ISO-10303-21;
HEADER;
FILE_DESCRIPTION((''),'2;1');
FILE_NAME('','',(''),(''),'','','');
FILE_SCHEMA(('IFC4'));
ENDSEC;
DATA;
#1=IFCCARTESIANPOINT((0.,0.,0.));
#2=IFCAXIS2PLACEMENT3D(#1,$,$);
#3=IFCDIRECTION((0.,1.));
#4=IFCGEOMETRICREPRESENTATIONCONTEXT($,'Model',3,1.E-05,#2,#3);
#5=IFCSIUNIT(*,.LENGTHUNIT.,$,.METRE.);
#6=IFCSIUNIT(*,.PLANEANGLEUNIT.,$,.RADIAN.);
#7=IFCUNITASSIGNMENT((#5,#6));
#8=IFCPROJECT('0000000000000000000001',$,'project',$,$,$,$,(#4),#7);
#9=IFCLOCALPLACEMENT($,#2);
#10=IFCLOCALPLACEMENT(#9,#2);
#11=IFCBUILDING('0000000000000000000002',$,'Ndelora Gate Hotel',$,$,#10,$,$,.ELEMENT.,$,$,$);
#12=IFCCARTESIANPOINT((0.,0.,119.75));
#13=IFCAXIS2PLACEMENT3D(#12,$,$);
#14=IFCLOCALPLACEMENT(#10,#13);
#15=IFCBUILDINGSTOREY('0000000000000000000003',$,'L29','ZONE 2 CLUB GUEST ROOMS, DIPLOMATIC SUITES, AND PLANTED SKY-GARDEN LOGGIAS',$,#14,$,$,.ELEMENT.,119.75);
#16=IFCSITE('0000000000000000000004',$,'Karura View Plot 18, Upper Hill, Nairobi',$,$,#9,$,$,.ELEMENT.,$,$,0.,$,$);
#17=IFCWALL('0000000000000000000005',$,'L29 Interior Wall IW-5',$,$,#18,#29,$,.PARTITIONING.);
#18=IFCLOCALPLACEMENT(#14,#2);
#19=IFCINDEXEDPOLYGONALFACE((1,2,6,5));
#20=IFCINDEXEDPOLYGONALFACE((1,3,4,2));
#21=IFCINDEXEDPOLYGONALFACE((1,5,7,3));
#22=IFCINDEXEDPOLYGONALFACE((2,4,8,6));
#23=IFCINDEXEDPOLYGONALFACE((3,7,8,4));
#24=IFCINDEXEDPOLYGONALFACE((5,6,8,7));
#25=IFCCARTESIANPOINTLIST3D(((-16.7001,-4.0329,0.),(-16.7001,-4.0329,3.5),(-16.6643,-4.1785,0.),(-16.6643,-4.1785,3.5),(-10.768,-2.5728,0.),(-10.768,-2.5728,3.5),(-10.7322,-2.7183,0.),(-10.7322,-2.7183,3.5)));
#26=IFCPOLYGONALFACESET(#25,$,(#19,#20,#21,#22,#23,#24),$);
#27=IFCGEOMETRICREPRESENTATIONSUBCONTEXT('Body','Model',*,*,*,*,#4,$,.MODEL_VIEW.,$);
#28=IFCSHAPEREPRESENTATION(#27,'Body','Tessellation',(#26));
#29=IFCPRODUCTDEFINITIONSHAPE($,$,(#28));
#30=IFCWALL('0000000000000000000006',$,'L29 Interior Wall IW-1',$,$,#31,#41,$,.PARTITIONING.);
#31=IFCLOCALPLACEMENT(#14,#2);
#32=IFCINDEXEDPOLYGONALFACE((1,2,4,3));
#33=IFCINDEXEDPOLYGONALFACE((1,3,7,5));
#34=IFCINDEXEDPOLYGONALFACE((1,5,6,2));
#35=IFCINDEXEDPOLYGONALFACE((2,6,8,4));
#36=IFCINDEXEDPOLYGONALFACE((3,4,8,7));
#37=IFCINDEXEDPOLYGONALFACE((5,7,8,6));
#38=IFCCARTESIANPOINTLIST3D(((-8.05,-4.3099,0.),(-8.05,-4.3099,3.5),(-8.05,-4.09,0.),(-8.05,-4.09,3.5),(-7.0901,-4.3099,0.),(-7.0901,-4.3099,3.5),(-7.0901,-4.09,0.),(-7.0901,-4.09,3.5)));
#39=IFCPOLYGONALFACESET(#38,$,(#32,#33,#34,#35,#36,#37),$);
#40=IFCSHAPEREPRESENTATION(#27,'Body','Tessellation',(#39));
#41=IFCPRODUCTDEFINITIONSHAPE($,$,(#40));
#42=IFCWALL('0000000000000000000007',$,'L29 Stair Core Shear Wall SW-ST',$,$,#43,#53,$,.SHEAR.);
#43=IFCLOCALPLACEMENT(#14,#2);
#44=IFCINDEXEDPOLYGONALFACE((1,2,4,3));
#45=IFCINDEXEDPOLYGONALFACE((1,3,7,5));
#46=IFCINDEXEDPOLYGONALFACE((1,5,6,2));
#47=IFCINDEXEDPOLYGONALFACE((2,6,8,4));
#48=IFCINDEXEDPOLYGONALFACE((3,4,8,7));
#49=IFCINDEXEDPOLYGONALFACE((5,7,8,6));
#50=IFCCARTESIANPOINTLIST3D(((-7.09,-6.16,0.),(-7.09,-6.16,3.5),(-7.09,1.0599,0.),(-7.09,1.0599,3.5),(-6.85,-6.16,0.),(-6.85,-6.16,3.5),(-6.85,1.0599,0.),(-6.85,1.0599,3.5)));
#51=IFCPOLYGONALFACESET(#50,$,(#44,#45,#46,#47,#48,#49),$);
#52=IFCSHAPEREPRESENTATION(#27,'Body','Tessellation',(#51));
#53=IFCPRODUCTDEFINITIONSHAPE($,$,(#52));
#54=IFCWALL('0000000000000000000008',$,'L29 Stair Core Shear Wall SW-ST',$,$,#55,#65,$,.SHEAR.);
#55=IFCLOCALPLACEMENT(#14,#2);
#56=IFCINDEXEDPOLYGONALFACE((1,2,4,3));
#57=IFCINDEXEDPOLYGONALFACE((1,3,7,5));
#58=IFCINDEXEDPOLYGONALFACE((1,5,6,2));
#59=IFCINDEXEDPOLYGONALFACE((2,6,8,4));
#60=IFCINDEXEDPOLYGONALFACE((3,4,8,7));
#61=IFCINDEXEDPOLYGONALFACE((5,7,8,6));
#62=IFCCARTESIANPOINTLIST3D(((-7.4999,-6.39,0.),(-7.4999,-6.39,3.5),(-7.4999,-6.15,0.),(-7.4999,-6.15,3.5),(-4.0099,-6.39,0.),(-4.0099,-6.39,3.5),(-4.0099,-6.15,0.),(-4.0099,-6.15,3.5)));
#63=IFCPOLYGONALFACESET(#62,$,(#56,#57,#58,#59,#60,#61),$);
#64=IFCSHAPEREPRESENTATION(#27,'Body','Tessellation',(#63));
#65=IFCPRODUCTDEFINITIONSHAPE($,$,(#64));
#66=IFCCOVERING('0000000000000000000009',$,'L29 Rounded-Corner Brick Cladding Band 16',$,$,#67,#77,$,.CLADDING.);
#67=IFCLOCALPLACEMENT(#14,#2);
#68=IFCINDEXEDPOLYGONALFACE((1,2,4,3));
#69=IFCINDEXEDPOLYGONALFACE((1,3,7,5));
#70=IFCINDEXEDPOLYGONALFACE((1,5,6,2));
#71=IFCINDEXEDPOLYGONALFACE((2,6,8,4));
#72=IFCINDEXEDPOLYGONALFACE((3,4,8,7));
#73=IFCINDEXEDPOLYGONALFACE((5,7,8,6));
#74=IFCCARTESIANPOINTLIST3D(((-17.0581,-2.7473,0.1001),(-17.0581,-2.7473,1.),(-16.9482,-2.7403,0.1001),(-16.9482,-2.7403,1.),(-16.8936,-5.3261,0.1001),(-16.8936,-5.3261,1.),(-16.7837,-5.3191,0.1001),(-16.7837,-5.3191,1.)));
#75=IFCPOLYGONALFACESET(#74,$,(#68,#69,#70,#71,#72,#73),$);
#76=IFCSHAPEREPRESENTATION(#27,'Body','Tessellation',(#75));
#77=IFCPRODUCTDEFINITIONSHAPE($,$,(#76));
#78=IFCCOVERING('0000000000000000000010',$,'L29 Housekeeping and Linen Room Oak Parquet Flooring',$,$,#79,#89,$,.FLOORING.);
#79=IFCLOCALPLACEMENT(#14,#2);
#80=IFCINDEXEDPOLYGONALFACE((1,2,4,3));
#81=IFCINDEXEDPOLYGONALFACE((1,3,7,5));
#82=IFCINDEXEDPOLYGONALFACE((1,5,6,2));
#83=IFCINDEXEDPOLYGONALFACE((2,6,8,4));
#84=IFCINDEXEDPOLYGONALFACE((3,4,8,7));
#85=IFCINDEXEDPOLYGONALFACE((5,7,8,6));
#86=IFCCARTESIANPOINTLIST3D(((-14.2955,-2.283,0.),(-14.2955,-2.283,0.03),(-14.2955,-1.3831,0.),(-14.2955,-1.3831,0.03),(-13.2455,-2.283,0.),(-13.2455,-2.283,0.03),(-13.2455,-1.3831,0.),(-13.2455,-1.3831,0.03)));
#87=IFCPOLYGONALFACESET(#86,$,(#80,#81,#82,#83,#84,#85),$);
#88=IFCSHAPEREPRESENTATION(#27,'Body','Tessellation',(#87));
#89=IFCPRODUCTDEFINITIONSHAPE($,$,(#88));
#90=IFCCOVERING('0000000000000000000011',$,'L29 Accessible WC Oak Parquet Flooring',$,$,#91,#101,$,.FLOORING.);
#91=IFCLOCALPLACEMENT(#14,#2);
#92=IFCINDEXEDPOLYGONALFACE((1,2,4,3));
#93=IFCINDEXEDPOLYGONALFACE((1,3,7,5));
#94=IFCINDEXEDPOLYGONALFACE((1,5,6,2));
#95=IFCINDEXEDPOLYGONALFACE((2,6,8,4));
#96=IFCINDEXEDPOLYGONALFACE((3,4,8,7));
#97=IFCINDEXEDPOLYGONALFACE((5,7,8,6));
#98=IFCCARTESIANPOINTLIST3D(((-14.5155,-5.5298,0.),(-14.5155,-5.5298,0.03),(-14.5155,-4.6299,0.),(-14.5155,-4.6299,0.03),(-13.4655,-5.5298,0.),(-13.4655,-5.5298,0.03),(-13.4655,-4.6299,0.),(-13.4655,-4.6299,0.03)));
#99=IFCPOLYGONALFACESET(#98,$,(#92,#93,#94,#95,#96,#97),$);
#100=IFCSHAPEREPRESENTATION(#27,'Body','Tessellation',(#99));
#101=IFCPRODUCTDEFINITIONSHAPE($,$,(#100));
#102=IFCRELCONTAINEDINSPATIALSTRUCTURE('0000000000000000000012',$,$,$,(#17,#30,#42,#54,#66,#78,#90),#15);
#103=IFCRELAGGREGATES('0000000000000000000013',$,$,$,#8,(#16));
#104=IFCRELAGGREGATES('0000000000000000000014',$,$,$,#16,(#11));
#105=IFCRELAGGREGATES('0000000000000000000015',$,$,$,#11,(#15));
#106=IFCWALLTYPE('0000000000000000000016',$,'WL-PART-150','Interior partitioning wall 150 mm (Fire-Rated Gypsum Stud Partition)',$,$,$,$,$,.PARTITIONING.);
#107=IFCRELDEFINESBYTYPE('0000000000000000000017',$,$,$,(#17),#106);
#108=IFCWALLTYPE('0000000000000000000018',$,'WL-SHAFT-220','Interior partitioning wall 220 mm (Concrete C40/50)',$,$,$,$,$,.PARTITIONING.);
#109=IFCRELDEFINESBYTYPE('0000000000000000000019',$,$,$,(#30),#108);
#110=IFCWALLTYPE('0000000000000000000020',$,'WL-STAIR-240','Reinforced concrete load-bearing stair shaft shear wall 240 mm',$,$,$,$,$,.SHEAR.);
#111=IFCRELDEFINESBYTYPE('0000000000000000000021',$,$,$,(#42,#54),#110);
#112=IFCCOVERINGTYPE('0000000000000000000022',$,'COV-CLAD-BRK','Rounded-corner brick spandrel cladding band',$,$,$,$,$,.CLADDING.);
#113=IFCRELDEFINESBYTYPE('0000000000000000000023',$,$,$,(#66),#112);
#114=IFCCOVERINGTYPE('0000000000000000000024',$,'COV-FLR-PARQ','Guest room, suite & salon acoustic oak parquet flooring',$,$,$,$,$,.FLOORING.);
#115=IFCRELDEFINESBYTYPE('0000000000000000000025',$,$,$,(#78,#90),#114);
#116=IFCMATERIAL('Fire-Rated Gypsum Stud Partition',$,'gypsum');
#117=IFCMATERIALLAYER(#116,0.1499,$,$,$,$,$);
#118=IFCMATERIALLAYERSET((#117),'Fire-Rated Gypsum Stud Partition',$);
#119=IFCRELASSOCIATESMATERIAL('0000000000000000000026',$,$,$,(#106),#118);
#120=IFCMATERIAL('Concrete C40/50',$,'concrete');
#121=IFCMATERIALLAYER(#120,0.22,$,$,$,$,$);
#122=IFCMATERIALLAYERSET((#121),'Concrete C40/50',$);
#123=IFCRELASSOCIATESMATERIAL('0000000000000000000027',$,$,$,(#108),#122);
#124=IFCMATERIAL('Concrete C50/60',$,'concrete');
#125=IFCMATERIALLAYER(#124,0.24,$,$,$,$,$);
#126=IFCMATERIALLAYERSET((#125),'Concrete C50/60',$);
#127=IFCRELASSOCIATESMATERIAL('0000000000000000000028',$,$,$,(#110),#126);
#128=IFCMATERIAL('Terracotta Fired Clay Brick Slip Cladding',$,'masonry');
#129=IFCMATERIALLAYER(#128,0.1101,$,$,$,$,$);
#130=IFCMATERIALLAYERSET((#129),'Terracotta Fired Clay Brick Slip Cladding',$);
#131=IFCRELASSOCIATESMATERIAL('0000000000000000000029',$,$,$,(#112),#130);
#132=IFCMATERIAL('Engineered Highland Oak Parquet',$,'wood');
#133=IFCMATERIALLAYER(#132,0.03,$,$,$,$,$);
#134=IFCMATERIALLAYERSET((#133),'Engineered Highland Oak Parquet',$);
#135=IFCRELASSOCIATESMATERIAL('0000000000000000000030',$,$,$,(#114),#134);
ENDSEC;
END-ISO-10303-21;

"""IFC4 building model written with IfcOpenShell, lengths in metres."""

from ifc_helpers import new_model, si_unit, direction, frame, frame_2d, origin, origin_2d, place, context, subcontext, project, spatial, rectangle, extrude, material, layer, layer_set, type_object, element, save


model = new_model("IFC4")

# Units and contexts
model_context = context("Model", 3, precision=1e-05, world=origin(), true_north=direction((0.0, 1.0)))
body_context = subcontext(model_context, "Body", "Model", "MODEL_VIEW")
ifc_project = project(units=[si_unit("LENGTHUNIT", "METRE"), si_unit("PLANEANGLEUNIT", "RADIAN")], contexts=[model_context])

# Site, building, storey
site_placement = place(None, origin())
site = spatial("IfcSite", under=ifc_project, at=site_placement, Name="Karura View Plot 18, Upper Hill, Nairobi", CompositionType="ELEMENT", RefElevation=0.0)
building_placement = place(site_placement, origin())
building = spatial("IfcBuilding", under=site, at=building_placement, Name="Ndelora Gate Hotel", CompositionType="ELEMENT")
storey_placement = place(building_placement, frame((0.0, 0.0, 119.75)))
storey = spatial("IfcBuildingStorey", under=building, at=storey_placement, Name="L29", Description="ZONE 2 CLUB GUEST ROOMS, DIPLOMATIC SUITES, AND PLANTED SKY-GARDEN LOGGIAS", CompositionType="ELEMENT", Elevation=119.75)

# Shared definitions
ifc_material_1 = material(Name="Fire-Rated Gypsum Stud Partition", Category="gypsum")
ifc_layer_1 = layer(ifc_material_1, 0.1499)
ifc_layer_set_1 = layer_set([ifc_layer_1], Name="Fire-Rated Gypsum Stud Partition")
wall_type_1 = type_object("IfcWallType", Name="WL-PART-150", Description="Interior partitioning wall 150 mm (Fire-Rated Gypsum Stud Partition)", PredefinedType="PARTITIONING", material=ifc_layer_set_1)

# Walls
wall_1_placement = place(storey_placement, frame((-10.75, -2.6455, 0.0), z_axis=(0.0, 0.0, 1.0), x_axis=(-0.971015, -0.239017, 0.0)))
element("IfcWall", 1, at=wall_1_placement, inside=storey, type_object=wall_type_1, Name="L29 Interior Wall IW-5", PredefinedType="PARTITIONING", context=body_context, shape_type="SweptSolid", body=[
    extrude(rectangle(XDim=6.1091, YDim=0.1499, at=frame_2d((3.0547, 0.0))), origin(), (0.0, 0.0, 1.0), 3.5),
])
ifc_material_2 = material(Name="Concrete C40/50", Category="concrete")
ifc_layer_2 = layer(ifc_material_2, 0.22)
ifc_layer_set_2 = layer_set([ifc_layer_2], Name="Concrete C40/50")
wall_type_2 = type_object("IfcWallType", Name="WL-SHAFT-220", Description="Interior partitioning wall 220 mm (Concrete C40/50)", PredefinedType="PARTITIONING", material=ifc_layer_set_2)
wall_2_placement = place(storey_placement, frame((-8.05, -4.2, 0.0), z_axis=(0.0, 0.0, 1.0), x_axis=(1.0, 0.0, 0.0)))
element("IfcWall", 2, at=wall_2_placement, inside=storey, type_object=wall_type_2, Name="L29 Interior Wall IW-1", PredefinedType="PARTITIONING", context=body_context, shape_type="SweptSolid", body=[
    extrude(rectangle(XDim=0.96, YDim=0.22, at=frame_2d((0.48, 0.0))), origin(), (0.0, 0.0, 1.0), 3.5),
])
ifc_material_3 = material(Name="Concrete C50/60", Category="concrete")
ifc_layer_3 = layer(ifc_material_3, 0.24)
ifc_layer_set_3 = layer_set([ifc_layer_3], Name="Concrete C50/60")
wall_type_3 = type_object("IfcWallType", Name="WL-STAIR-240", Description="Reinforced concrete load-bearing stair shaft shear wall 240 mm", PredefinedType="SHEAR", material=ifc_layer_set_3)
wall_3_placement = place(storey_placement, frame((-6.97, -6.1599, 0.0), z_axis=(0.0, 0.0, 1.0), x_axis=(0.0, 1.0, 0.0)))
element("IfcWall", 3, at=wall_3_placement, inside=storey, type_object=wall_type_3, Name="L29 Stair Core Shear Wall SW-ST", PredefinedType="SHEAR", context=body_context, shape_type="SweptSolid", body=[
    extrude(rectangle(XDim=7.22, YDim=0.24, at=frame_2d((3.6099, 0.0))), origin(), (0.0, 0.0, 1.0), 3.5),
])
wall_4_placement = place(storey_placement, frame((-7.5, -6.27, 0.0), z_axis=(0.0, 0.0, 1.0), x_axis=(1.0, 0.0, 0.0)))
element("IfcWall", 4, at=wall_4_placement, inside=storey, type_object=wall_type_3, Name="L29 Stair Core Shear Wall SW-ST", PredefinedType="SHEAR", context=body_context, shape_type="SweptSolid", body=[
    extrude(rectangle(XDim=3.49, YDim=0.24, at=frame_2d((1.7451, 0.0))), origin(), (0.0, 0.0, 1.0), 3.5),
])

# Coverings
ifc_material_4 = material(Name="Terracotta Fired Clay Brick Slip Cladding", Category="masonry")
ifc_layer_4 = layer(ifc_material_4, 0.1101)
ifc_layer_set_4 = layer_set([ifc_layer_4], Name="Terracotta Fired Clay Brick Slip Cladding")
covering_type_1 = type_object("IfcCoveringType", Name="COV-CLAD-BRK", Description="Rounded-corner brick spandrel cladding band", PredefinedType="CLADDING", material=ifc_layer_set_4)
covering_placement = place(storey_placement, frame((-16.9209, -4.0332, 0.1001), z_axis=(0.0, 0.0, 1.0), x_axis=(-0.063661, 0.997972, 0.0)))
element("IfcCovering", 5, at=covering_placement, inside=storey, type_object=covering_type_1, Name="L29 Rounded-Corner Brick Cladding Band 16", PredefinedType="CLADDING", context=body_context, shape_type="SweptSolid", body=[
    extrude(rectangle(XDim=2.584, YDim=0.1101, at=origin_2d()), origin(), (0.0, 0.0, 1.0), 0.8999),
])
ifc_material_5 = material(Name="Engineered Highland Oak Parquet", Category="wood")
ifc_layer_5 = layer(ifc_material_5, 0.03)
ifc_layer_set_5 = layer_set([ifc_layer_5], Name="Engineered Highland Oak Parquet")
covering_type_2 = type_object("IfcCoveringType", Name="COV-FLR-PARQ", Description="Guest room, suite & salon acoustic oak parquet flooring", PredefinedType="FLOORING", material=ifc_layer_set_5)
for number, where, z_axis, x_axis, name in (
    (6, (-13.7705, -1.833, 0.0), (0.0, 0.0, 1.0), (1.0, 0.0, 0.0), "L29 Housekeeping and Linen Room Oak Parquet Flooring"),
    (7, (-13.9905, -5.0798, 0.0), (0.0, 0.0, 1.0), (1.0, 0.0, 0.0), "L29 Accessible WC Oak Parquet Flooring"),
):
    element("IfcCovering", number, at=place(storey_placement, frame(where, z_axis=z_axis, x_axis=x_axis)), inside=storey, type_object=covering_type_2, Name=name, PredefinedType="FLOORING", context=body_context, shape_type="SweptSolid", body=[
        extrude(rectangle(XDim=1.05, YDim=0.8999, at=origin_2d()), origin(), (0.0, 0.0, 1.0), 0.03),
    ])

save(model, "model.ifc")
